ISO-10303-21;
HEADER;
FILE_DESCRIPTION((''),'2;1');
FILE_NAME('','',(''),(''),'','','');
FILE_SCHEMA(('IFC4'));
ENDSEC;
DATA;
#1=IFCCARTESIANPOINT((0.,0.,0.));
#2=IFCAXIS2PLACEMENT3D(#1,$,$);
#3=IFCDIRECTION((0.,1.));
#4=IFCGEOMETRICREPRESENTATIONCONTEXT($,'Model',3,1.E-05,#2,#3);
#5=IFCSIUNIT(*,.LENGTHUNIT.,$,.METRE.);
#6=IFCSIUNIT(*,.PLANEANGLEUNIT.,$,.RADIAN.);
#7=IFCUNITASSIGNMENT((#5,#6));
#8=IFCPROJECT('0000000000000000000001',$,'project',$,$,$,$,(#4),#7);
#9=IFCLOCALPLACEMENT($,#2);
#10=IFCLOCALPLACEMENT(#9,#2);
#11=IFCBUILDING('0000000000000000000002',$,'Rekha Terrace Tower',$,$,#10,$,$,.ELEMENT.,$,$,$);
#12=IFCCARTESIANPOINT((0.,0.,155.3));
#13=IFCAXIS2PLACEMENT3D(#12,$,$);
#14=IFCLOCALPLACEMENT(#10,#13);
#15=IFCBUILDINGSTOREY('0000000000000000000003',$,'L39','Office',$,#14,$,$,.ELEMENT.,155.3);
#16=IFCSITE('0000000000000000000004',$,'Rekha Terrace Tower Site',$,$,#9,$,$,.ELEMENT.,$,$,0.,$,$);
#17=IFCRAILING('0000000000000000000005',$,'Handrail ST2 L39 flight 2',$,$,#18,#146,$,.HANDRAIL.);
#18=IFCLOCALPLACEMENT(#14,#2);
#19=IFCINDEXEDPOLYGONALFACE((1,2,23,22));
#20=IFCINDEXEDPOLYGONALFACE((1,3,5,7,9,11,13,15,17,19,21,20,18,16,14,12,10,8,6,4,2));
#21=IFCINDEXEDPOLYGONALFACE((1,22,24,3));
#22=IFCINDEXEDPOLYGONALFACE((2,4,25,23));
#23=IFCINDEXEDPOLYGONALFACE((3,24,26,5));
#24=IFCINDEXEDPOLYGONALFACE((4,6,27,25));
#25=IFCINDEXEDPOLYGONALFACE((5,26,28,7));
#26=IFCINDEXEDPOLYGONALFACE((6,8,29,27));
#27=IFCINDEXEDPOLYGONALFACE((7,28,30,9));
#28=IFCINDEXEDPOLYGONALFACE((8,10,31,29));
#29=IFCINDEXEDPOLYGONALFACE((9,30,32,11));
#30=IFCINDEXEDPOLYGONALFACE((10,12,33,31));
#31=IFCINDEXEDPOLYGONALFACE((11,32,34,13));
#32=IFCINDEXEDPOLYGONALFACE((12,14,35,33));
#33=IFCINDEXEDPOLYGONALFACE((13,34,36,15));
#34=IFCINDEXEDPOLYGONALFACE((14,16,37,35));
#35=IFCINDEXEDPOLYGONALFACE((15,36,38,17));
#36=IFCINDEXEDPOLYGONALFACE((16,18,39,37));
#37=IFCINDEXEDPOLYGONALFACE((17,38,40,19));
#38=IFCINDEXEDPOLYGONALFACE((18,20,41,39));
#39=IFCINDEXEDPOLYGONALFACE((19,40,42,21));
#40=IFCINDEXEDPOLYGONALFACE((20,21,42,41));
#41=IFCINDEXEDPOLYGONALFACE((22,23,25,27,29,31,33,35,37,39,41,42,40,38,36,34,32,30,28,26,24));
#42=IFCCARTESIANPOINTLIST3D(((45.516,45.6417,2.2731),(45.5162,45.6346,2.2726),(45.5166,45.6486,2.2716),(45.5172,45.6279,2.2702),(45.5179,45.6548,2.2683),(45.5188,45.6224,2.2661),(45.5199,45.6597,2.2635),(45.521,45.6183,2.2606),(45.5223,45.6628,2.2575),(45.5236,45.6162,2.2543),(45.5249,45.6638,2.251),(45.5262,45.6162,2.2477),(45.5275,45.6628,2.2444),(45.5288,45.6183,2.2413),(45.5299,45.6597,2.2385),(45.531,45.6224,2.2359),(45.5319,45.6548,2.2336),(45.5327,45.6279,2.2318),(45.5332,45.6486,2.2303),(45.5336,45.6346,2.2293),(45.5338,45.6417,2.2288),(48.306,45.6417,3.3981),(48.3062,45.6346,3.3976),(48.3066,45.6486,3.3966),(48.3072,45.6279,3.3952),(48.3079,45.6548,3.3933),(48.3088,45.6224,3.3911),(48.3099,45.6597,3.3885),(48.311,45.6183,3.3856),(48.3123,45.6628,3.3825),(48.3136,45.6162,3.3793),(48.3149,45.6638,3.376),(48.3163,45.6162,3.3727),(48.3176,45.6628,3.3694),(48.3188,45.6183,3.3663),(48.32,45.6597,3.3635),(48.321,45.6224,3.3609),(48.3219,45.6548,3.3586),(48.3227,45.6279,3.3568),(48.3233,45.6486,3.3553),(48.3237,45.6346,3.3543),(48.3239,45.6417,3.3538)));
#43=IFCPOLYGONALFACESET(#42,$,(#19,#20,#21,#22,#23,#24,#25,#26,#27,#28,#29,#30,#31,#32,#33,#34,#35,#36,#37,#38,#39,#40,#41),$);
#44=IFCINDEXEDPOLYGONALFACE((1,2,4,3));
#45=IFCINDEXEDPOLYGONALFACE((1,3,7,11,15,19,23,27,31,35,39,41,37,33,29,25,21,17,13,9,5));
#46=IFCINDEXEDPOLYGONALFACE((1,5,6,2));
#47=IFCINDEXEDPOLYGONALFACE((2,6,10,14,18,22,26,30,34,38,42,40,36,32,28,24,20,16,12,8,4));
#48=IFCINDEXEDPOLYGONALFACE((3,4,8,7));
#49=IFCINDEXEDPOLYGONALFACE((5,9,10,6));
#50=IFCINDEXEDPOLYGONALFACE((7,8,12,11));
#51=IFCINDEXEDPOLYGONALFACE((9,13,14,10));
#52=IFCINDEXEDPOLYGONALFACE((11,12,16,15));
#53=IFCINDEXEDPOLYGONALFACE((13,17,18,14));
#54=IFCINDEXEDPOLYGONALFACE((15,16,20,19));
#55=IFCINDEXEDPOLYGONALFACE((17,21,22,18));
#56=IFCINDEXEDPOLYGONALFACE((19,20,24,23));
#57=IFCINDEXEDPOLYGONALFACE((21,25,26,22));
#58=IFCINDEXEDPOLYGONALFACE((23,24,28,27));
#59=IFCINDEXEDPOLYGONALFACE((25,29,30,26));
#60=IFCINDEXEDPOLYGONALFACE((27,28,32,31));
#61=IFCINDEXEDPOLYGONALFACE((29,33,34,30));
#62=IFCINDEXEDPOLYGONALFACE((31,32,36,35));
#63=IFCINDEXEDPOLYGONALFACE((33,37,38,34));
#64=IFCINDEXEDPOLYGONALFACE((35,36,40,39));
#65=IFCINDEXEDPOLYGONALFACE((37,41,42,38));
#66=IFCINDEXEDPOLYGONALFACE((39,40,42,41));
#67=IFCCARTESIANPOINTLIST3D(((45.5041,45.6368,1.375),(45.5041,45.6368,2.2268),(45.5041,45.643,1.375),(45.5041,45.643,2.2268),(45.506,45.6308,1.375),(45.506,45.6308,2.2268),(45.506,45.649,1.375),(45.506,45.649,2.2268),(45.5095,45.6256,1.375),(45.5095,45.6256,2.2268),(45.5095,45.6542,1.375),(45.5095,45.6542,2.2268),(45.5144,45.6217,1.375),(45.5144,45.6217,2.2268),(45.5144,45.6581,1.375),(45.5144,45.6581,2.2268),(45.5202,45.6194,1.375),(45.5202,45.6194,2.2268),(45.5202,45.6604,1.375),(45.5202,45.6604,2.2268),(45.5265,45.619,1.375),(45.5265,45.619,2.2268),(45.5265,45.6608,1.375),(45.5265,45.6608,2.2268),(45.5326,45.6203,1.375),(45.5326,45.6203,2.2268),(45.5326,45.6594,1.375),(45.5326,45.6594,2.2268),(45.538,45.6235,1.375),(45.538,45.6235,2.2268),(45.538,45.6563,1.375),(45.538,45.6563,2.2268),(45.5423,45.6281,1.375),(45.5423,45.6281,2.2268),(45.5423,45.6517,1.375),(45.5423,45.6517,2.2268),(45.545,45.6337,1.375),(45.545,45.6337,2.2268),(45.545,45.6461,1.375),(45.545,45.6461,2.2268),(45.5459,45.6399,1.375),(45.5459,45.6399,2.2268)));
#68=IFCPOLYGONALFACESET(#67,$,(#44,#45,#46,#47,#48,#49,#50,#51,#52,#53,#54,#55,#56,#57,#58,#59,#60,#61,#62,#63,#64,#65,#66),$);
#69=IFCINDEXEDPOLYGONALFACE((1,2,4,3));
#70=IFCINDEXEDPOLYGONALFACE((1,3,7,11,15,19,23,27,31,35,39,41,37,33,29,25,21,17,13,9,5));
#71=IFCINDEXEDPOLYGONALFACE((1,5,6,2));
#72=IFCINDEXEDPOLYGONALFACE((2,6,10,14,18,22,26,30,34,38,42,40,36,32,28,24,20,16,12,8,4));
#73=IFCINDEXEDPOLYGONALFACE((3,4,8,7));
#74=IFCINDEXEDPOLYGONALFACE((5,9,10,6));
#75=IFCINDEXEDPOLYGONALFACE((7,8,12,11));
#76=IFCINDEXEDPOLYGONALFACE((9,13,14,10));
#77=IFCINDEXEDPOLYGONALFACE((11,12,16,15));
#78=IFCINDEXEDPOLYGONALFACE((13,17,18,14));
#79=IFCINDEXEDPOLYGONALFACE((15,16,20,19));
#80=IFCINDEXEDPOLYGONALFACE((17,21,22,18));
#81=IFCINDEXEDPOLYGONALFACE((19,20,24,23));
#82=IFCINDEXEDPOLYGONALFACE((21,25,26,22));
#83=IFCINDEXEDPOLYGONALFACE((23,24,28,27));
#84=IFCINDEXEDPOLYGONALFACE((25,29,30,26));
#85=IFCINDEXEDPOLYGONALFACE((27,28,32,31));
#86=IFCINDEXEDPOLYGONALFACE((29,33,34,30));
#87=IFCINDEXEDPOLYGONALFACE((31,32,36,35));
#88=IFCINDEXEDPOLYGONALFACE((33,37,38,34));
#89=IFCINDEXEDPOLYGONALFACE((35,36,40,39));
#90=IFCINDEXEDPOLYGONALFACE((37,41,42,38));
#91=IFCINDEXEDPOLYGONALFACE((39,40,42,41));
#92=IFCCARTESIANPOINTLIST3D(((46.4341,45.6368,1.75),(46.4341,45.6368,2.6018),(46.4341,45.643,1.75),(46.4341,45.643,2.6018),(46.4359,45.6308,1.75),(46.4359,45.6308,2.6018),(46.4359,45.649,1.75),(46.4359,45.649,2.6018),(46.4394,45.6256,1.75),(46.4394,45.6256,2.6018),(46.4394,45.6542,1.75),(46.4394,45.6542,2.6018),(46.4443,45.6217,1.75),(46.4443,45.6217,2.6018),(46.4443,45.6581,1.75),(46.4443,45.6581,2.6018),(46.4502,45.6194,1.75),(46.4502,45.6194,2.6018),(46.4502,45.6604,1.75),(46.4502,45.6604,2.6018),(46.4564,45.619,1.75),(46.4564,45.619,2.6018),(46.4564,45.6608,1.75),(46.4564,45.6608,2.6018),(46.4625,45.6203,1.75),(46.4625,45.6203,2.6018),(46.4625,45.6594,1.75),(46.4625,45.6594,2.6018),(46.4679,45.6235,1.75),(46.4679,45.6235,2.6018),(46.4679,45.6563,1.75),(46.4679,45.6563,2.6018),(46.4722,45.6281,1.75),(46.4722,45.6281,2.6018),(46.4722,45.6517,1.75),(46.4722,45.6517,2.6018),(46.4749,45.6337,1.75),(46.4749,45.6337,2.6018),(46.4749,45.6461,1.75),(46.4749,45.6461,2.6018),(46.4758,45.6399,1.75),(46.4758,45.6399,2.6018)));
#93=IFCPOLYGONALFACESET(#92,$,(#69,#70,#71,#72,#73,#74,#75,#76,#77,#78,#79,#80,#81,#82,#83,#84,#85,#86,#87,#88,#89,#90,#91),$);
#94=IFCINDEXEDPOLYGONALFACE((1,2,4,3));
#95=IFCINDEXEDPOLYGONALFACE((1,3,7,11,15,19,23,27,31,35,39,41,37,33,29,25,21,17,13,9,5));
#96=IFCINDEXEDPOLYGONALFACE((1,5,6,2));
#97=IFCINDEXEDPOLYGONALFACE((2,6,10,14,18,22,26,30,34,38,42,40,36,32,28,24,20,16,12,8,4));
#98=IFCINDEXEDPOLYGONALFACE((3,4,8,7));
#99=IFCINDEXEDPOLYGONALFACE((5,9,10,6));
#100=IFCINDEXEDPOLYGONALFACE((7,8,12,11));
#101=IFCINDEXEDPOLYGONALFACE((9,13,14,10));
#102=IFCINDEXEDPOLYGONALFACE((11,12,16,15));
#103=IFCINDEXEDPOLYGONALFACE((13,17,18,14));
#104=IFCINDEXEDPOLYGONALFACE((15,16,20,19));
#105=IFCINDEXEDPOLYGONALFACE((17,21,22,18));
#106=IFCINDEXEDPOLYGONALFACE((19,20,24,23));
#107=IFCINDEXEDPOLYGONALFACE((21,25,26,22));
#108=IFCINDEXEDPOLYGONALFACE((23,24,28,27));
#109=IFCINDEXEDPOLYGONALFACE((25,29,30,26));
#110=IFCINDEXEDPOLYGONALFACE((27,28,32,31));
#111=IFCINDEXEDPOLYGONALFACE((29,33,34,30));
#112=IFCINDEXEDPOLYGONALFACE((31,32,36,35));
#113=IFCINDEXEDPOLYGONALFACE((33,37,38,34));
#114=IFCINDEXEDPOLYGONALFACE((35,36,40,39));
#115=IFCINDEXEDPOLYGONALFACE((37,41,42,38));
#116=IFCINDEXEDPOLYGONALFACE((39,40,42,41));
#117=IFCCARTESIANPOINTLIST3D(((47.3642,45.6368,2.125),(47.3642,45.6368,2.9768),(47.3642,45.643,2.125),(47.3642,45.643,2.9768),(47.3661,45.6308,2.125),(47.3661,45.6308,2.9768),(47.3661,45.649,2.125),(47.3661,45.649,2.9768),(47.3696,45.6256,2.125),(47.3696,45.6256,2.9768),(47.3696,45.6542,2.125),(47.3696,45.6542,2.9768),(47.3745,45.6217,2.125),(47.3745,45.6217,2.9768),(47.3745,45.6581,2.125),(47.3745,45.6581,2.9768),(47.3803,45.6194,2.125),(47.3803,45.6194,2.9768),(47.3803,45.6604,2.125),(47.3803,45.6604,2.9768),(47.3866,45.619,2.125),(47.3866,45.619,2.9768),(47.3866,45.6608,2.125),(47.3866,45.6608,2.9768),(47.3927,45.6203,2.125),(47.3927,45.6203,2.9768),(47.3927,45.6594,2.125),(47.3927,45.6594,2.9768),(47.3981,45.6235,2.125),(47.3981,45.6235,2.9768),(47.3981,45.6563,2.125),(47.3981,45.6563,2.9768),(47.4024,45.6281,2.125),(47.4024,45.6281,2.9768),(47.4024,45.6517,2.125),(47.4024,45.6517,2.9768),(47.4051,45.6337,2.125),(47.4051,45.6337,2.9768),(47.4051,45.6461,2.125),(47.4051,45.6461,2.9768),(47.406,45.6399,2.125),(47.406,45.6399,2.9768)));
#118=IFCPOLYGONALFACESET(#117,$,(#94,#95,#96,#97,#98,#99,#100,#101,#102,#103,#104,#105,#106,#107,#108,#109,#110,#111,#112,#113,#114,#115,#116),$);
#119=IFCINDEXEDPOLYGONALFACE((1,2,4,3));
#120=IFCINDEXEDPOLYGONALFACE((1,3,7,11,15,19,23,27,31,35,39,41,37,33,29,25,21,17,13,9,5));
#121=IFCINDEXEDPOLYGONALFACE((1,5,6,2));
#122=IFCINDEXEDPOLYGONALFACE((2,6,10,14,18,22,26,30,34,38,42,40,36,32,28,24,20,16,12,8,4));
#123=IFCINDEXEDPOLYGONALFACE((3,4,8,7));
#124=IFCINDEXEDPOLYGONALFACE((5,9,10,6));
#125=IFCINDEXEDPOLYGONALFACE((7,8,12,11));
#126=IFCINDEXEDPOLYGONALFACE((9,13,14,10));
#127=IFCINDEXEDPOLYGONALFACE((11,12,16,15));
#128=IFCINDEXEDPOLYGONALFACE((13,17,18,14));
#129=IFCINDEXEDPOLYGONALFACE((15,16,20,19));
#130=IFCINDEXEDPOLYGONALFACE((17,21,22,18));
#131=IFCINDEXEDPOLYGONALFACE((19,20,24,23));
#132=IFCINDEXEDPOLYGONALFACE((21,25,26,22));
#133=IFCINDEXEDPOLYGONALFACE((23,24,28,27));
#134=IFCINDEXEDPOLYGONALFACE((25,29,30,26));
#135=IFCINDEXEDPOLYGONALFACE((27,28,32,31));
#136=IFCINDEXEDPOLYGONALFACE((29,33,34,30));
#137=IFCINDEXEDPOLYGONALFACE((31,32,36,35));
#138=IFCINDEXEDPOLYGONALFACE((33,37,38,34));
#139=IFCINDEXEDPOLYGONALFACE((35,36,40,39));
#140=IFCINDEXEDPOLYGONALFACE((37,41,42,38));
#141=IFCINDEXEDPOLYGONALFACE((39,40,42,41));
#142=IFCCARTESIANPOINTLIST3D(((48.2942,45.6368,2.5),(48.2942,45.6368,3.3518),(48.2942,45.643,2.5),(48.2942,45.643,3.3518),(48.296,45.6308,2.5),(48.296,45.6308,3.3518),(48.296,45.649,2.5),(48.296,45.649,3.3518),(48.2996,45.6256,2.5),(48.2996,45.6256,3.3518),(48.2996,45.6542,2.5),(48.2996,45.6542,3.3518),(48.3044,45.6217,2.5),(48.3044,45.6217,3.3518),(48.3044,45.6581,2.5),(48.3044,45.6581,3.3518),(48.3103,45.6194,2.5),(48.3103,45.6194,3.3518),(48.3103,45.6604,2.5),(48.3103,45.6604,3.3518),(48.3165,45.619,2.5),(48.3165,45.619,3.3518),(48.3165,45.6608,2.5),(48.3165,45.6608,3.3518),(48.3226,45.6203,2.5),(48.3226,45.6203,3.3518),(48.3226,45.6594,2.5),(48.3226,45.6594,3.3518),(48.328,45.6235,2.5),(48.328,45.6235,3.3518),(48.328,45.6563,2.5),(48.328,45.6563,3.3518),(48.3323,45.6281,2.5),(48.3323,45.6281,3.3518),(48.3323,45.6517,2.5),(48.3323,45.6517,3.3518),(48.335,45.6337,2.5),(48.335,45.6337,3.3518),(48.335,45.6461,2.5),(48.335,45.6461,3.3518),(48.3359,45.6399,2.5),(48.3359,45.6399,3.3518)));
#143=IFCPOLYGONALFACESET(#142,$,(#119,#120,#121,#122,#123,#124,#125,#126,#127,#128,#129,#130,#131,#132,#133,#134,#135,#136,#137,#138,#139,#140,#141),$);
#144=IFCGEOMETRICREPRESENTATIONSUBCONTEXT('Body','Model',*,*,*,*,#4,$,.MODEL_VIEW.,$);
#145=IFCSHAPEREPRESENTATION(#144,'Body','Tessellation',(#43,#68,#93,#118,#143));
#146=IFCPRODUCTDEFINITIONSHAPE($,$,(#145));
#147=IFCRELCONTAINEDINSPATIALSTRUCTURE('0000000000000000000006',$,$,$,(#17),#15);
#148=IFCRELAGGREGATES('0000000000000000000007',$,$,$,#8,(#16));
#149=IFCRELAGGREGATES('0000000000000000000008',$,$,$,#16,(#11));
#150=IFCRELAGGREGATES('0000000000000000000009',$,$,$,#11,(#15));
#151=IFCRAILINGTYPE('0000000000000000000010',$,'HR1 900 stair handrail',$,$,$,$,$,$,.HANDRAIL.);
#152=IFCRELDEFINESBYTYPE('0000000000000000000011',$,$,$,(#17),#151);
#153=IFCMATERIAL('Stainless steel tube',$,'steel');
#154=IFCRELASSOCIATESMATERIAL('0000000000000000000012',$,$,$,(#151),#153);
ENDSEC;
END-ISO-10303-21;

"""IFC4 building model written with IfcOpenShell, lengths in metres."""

from ifc_helpers import new_model, si_unit, direction, frame, origin, origin_2d, place, context, subcontext, project, spatial, circle, extrude, material, type_object, element, save


model = new_model("IFC4")

# Units and contexts
model_context = context("Model", 3, precision=1e-05, world=origin(), true_north=direction((0.0, 1.0)))
body_context = subcontext(model_context, "Body", "Model", "MODEL_VIEW")
ifc_project = project(units=[si_unit("LENGTHUNIT", "METRE"), si_unit("PLANEANGLEUNIT", "RADIAN")], contexts=[model_context])

# Site, building, storey
site_placement = place(None, origin())
site = spatial("IfcSite", under=ifc_project, at=site_placement, Name="Rekha Terrace Tower Site", CompositionType="ELEMENT", RefElevation=0.0)
building_placement = place(site_placement, origin())
building = spatial("IfcBuilding", under=site, at=building_placement, Name="Rekha Terrace Tower", CompositionType="ELEMENT")
storey_placement = place(building_placement, frame((0.0, 0.0, 155.3)))
storey = spatial("IfcBuildingStorey", under=building, at=storey_placement, Name="L39", Description="Office", CompositionType="ELEMENT", Elevation=155.3)

# Railing
ifc_material_1 = material(Name="Stainless steel tube", Category="steel")
railing_type = type_object("IfcRailingType", Name="HR1 900 stair handrail", PredefinedType="HANDRAIL", material=ifc_material_1)
railing_placement = place(storey_placement, frame((45.5249, 45.6399, 1.375)))
element("IfcRailing", 1, at=railing_placement, inside=storey, type_object=railing_type, Name="Handrail ST2 L39 flight 2", PredefinedType="HANDRAIL", context=body_context, shape_type="SweptSolid", body=[
    extrude(circle(Radius=0.0239, at=origin_2d()), frame((0.0, 0.0, 0.876), z_axis=(0.927443, 0.0, 0.373964), x_axis=(0.0, 1.0, 0.0)), (0.0, 0.0, 1.0), 3.0083),
    extrude(circle(Radius=0.021, at=origin_2d()), origin(), (0.0, 0.0, 1.0), 0.8518),
    extrude(circle(Radius=0.021, at=origin_2d()), frame((0.9299, 0.0, 0.375)), (0.0, 0.0, 1.0), 0.8518),
    extrude(circle(Radius=0.021, at=origin_2d()), frame((1.8601, 0.0, 0.75)), (0.0, 0.0, 1.0), 0.8518),
    extrude(circle(Radius=0.021, at=origin_2d()), frame((2.79, 0.0, 1.125)), (0.0, 0.0, 1.0), 0.8518),
])

save(model, "model.ifc")
